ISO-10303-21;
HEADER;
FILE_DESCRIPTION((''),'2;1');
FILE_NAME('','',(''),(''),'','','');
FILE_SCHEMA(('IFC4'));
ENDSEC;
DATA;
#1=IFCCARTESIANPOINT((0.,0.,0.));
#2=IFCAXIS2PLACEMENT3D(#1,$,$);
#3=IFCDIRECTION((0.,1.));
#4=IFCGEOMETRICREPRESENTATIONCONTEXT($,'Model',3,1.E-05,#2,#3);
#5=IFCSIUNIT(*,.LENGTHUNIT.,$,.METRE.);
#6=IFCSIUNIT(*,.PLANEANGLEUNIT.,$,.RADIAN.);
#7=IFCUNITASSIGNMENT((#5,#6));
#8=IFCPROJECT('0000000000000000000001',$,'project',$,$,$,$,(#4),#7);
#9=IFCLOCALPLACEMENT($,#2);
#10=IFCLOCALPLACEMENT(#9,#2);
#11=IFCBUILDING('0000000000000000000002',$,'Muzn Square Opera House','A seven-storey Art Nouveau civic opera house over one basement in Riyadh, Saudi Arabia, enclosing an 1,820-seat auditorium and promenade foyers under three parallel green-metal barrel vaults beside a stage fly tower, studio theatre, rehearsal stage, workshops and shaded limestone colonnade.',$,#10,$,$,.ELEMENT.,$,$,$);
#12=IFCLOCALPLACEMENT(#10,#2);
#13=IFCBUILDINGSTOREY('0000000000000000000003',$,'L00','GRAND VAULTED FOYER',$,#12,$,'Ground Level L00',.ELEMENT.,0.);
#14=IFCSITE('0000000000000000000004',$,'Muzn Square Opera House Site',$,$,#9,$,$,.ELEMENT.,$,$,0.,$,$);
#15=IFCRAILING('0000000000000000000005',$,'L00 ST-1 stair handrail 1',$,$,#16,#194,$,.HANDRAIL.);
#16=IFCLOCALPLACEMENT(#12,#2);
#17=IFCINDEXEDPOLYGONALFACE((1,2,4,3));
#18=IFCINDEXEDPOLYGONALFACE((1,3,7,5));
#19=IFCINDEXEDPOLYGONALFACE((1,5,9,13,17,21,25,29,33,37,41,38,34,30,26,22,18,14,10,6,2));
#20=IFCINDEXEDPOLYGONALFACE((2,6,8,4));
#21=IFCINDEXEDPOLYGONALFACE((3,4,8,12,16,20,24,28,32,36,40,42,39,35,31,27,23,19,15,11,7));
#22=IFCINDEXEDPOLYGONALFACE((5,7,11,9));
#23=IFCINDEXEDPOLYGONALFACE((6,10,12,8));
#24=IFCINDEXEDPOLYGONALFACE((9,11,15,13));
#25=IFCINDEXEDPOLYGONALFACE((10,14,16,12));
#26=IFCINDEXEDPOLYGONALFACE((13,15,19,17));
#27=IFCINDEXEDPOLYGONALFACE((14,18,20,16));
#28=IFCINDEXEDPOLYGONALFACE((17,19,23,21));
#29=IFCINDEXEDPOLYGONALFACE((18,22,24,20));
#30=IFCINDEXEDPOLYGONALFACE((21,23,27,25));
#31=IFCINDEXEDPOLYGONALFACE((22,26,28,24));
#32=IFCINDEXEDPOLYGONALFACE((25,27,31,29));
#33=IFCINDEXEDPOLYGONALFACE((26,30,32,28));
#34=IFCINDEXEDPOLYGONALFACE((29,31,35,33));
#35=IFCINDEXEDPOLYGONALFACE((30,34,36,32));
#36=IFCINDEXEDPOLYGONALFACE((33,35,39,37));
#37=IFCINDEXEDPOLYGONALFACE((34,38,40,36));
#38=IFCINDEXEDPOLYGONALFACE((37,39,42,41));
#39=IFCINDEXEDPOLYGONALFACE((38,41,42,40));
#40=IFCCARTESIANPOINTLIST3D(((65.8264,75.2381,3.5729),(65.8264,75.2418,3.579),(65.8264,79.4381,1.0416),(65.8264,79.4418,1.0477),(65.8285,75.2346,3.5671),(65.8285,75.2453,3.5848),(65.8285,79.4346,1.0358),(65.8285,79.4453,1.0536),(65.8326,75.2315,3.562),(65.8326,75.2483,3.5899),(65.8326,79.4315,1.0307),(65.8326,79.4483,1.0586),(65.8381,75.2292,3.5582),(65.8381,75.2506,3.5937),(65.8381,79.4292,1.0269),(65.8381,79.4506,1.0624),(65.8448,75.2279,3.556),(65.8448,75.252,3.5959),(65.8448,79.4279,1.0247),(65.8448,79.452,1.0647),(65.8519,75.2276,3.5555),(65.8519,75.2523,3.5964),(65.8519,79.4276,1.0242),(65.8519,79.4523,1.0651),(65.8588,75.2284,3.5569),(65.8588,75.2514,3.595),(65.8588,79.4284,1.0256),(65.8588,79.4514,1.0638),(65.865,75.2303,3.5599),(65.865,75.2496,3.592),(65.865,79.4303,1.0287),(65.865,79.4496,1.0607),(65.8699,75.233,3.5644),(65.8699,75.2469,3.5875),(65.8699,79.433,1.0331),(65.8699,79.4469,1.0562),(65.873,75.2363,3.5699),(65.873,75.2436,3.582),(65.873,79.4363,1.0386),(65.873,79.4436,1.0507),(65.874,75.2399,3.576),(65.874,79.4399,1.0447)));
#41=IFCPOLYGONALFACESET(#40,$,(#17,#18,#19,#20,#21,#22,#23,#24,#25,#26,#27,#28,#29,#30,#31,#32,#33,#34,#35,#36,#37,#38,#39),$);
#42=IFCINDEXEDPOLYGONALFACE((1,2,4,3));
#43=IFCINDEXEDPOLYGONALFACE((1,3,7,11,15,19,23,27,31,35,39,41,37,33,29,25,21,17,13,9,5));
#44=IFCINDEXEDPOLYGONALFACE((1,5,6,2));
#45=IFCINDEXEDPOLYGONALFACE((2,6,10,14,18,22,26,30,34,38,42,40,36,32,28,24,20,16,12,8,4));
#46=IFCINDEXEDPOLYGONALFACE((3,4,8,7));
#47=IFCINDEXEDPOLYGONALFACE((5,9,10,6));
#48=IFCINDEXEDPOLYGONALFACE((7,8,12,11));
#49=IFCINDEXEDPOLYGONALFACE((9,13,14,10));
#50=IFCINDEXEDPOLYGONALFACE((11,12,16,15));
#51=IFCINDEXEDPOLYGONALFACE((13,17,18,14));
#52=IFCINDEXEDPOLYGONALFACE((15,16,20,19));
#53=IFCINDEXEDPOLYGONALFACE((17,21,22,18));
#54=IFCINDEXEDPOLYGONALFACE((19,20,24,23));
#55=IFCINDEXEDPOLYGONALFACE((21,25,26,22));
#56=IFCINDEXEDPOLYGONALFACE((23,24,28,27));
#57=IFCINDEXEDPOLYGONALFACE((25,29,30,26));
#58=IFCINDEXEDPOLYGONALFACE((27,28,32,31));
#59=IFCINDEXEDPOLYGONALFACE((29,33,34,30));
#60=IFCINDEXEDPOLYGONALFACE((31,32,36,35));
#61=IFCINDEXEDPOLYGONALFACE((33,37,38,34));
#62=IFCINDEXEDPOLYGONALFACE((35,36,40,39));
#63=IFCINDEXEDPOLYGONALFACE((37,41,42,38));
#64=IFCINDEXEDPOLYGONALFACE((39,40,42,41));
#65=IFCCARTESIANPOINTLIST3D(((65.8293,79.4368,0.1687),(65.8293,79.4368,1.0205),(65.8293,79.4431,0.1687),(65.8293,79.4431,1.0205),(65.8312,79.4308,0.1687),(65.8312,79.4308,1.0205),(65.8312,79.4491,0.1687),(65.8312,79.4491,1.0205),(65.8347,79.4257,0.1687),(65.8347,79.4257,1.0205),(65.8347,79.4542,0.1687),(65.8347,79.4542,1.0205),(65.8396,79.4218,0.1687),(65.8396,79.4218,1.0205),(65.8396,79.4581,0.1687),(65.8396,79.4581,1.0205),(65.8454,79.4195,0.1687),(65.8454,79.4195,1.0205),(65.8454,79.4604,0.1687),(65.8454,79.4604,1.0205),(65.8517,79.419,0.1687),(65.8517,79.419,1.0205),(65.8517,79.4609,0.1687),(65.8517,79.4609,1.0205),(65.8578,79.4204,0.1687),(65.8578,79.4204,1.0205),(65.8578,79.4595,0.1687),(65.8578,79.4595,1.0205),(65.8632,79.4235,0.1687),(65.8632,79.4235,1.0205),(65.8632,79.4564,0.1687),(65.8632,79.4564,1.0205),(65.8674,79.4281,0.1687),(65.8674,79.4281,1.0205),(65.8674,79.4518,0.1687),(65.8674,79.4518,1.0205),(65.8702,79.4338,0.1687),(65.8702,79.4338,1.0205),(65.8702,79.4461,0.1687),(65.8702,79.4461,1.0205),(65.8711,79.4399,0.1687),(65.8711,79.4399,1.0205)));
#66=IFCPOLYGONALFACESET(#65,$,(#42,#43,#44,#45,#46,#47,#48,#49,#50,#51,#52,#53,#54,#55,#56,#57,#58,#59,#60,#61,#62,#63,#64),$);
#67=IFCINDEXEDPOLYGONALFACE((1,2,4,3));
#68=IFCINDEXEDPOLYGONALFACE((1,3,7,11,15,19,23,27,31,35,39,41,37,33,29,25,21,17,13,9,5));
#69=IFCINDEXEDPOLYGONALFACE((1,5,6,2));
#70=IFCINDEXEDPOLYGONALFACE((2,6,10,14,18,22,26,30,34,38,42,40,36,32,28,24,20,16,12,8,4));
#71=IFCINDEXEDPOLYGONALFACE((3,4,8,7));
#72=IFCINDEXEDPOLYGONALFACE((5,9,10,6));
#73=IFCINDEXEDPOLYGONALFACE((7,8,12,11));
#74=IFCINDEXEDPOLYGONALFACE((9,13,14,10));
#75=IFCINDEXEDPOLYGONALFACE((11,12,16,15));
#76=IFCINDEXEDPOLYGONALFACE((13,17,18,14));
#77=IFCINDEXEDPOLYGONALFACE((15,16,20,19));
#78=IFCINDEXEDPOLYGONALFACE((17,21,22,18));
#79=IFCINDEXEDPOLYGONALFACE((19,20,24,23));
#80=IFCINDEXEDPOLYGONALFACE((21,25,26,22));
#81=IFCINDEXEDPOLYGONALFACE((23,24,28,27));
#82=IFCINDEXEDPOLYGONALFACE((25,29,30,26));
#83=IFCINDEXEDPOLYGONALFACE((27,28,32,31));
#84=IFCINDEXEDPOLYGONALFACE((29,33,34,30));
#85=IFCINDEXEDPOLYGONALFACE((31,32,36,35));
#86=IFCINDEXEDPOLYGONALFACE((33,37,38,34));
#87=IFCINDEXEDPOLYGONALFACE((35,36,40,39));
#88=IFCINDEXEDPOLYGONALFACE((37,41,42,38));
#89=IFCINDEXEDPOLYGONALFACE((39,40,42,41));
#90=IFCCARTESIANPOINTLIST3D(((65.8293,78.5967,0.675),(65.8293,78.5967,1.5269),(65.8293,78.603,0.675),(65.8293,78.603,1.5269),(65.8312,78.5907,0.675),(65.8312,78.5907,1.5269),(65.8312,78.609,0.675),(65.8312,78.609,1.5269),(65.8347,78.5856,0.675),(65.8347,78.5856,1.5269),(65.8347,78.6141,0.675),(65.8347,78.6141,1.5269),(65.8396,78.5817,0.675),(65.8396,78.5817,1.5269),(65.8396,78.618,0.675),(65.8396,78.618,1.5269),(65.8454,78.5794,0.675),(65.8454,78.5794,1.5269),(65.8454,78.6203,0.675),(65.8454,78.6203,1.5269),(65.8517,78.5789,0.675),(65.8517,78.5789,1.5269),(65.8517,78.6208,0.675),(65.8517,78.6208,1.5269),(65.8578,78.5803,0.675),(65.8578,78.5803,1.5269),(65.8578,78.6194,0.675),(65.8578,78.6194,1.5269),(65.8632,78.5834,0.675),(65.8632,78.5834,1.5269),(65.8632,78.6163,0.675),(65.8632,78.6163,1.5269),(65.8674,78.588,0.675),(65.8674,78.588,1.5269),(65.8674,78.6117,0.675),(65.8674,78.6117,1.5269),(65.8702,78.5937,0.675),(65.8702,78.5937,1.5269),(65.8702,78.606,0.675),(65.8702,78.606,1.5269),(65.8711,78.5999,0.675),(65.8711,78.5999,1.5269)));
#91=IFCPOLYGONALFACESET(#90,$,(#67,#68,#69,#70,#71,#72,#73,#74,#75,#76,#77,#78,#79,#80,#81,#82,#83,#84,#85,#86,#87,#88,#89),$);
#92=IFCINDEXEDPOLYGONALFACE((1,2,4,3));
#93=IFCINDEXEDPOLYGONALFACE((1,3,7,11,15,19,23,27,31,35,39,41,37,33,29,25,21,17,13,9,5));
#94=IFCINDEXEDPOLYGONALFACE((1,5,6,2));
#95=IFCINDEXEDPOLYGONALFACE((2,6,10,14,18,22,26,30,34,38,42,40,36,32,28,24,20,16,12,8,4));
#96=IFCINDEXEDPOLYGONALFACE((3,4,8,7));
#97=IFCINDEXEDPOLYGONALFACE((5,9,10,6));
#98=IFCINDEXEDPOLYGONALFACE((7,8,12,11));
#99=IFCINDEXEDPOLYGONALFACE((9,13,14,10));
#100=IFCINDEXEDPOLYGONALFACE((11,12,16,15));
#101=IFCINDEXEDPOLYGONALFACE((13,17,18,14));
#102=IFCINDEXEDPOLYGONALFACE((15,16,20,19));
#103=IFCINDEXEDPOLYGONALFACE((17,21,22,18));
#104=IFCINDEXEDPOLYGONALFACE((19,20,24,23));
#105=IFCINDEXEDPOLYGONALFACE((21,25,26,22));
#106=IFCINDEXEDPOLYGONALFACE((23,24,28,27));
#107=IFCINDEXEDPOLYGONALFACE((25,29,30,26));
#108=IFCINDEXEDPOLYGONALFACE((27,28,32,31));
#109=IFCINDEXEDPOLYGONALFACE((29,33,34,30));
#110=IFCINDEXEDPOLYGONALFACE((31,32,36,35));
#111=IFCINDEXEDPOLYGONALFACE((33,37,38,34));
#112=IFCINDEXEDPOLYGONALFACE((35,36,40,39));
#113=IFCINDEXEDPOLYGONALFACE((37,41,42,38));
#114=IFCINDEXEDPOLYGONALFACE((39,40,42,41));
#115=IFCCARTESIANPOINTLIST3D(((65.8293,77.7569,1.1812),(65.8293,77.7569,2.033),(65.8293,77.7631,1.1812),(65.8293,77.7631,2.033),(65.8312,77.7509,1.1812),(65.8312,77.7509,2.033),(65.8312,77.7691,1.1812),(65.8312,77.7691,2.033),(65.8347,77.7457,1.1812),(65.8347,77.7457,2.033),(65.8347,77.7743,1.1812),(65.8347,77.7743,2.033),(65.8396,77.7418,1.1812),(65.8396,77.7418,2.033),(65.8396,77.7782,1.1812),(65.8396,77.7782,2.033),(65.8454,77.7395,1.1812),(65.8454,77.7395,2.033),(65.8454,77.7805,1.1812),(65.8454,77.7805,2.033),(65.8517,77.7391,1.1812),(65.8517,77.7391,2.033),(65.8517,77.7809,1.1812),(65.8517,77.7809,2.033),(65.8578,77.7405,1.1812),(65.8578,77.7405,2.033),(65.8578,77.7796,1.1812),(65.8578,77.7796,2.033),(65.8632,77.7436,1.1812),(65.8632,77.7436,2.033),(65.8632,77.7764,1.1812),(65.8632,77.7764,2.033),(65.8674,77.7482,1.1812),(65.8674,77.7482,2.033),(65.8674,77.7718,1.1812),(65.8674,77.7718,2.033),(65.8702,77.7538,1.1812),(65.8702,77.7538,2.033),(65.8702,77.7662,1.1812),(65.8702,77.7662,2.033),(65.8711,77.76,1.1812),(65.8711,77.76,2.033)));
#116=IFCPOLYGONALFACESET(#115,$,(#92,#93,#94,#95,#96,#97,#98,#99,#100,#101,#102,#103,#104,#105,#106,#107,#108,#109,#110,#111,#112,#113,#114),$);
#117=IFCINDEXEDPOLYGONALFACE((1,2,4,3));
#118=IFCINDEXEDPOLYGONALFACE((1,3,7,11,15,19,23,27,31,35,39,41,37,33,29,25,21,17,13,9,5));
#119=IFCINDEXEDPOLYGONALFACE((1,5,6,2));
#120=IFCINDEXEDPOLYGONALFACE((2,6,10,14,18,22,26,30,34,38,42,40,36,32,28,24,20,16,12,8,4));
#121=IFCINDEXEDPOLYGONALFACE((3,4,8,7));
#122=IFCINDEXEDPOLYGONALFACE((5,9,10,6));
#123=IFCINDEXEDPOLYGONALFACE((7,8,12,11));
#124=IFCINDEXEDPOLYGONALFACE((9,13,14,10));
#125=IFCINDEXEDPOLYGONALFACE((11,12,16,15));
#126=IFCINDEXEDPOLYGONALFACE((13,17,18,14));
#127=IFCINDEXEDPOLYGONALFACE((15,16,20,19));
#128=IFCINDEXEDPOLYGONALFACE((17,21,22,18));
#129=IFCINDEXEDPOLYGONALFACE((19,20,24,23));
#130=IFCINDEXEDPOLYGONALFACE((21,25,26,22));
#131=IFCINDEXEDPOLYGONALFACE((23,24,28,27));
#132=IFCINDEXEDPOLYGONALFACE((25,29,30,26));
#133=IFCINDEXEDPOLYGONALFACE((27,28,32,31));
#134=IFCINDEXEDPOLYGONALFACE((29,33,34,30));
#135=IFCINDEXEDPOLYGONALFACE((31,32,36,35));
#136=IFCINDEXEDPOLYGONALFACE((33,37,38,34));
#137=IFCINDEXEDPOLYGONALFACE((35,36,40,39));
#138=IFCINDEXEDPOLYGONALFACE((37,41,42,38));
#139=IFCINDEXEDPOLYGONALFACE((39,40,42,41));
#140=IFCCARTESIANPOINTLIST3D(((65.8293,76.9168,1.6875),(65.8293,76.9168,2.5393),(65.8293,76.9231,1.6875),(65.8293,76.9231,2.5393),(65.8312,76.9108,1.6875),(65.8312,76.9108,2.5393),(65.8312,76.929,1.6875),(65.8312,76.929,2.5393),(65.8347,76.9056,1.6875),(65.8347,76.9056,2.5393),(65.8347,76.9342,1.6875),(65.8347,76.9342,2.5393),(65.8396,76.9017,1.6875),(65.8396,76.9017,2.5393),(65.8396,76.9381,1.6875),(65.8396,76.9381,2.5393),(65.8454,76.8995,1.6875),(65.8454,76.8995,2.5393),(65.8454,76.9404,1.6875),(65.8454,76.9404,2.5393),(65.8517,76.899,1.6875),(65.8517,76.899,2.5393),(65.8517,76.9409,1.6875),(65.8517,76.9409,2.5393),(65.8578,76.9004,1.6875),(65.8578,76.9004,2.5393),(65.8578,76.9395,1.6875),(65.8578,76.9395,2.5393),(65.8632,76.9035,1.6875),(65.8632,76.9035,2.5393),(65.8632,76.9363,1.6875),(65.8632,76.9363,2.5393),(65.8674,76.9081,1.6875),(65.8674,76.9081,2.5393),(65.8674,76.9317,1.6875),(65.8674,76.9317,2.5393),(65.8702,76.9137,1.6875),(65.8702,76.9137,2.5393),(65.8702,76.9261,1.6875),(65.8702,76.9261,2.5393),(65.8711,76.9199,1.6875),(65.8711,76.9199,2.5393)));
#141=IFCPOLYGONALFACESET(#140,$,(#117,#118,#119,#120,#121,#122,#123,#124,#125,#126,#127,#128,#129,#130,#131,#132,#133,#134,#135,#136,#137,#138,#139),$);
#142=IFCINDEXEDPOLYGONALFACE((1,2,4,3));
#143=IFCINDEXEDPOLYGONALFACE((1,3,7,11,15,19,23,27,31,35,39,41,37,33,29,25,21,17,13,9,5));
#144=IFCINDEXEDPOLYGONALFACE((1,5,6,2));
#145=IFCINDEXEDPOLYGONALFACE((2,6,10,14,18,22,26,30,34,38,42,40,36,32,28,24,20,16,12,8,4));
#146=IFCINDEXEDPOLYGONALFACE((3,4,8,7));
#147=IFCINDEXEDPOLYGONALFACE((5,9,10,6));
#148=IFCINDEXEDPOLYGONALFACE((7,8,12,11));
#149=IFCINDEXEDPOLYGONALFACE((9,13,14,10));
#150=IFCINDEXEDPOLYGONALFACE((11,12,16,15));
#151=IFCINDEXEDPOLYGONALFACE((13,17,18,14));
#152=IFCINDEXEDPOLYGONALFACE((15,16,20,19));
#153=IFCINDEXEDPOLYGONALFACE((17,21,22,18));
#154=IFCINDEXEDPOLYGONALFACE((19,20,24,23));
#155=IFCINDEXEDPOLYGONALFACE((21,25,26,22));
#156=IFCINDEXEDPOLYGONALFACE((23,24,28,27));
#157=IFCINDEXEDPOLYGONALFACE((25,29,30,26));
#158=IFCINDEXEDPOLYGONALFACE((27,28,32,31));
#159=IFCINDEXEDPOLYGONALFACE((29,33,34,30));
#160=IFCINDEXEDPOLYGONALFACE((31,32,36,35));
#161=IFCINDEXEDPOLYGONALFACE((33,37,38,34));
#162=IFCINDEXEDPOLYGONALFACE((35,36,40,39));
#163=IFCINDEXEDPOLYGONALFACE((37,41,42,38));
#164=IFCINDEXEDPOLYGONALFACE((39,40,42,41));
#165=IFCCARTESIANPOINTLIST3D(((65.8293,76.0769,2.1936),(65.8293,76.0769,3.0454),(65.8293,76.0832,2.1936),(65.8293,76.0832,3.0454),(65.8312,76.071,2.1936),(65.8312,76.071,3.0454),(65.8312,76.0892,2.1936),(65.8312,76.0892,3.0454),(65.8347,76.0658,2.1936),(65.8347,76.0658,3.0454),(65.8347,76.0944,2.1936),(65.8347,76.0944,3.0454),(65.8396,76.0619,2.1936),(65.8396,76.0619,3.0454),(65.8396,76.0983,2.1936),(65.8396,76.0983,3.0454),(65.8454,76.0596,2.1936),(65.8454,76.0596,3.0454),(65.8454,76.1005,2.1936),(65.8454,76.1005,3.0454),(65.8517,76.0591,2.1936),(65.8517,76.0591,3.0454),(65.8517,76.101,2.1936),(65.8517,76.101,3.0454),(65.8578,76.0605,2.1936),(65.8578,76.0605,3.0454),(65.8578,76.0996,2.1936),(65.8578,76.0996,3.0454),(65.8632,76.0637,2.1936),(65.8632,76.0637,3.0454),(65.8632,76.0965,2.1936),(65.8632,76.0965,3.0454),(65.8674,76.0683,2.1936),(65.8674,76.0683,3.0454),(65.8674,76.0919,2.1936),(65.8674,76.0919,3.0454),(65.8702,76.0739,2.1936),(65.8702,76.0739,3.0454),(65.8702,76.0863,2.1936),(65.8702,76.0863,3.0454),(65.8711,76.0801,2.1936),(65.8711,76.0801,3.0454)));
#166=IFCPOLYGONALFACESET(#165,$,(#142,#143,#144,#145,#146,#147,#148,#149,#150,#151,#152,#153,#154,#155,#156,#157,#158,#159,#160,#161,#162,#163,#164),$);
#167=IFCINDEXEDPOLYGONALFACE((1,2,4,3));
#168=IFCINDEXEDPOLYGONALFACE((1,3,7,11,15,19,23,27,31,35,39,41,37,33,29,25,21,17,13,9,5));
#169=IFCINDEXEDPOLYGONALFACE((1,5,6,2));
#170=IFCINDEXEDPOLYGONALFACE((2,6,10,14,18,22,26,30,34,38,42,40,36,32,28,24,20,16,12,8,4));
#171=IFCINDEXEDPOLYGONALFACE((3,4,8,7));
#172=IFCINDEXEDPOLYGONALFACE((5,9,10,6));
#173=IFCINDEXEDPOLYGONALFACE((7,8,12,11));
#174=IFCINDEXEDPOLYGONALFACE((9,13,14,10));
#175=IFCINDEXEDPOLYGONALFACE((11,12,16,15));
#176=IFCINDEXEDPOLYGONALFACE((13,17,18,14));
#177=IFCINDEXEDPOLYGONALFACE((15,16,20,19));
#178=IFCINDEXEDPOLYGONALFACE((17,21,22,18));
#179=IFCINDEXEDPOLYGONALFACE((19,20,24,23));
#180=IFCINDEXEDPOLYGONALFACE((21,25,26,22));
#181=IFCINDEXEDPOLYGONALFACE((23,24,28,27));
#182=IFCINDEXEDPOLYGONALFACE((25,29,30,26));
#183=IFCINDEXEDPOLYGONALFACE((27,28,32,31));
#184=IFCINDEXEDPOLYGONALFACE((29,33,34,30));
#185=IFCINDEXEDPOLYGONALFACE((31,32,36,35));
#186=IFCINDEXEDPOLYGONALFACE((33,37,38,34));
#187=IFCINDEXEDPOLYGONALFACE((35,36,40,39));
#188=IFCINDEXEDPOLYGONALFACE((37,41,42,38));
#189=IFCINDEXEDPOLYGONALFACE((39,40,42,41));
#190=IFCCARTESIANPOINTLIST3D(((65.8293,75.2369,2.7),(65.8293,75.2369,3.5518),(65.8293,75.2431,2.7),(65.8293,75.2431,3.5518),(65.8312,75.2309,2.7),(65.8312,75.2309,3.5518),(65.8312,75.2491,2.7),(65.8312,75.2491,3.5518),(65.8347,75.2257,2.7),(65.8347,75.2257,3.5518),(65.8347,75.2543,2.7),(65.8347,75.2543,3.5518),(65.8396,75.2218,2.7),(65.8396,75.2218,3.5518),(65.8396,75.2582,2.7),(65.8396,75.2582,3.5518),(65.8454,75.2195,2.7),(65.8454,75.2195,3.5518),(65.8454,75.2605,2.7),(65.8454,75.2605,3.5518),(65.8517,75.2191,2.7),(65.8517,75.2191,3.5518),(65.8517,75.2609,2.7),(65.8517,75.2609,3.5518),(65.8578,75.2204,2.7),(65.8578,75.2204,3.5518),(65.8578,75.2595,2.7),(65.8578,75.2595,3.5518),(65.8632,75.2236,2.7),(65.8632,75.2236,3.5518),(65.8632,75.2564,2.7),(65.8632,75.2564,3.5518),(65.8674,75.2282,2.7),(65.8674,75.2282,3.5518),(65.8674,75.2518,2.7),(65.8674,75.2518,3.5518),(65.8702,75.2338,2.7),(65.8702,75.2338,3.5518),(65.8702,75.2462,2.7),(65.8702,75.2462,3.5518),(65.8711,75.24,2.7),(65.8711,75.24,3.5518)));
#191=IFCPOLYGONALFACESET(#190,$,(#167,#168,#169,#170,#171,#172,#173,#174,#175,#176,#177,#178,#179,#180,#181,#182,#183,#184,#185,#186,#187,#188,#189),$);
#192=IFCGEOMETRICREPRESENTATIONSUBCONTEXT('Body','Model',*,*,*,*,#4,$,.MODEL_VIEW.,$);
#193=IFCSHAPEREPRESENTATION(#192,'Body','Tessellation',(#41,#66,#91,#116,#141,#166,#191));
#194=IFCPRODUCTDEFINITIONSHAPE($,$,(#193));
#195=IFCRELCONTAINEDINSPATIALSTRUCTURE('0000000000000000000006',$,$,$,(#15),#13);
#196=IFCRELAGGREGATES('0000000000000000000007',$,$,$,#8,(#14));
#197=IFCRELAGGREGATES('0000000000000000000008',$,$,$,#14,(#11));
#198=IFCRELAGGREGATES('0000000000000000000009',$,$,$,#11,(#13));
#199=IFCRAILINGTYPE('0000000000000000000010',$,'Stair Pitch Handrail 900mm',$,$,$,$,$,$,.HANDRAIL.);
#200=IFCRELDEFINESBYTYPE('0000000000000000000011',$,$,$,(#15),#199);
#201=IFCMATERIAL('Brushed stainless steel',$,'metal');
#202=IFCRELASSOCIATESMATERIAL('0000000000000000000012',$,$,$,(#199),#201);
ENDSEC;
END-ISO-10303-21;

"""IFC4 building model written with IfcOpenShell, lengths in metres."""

from ifc_helpers import new_model, si_unit, direction, frame, origin, origin_2d, place, context, subcontext, project, spatial, circle, extrude, material, type_object, element, save


model = new_model("IFC4")

# Units and contexts
model_context = context("Model", 3, precision=1e-05, world=origin(), true_north=direction((0.0, 1.0)))
body_context = subcontext(model_context, "Body", "Model", "MODEL_VIEW")
ifc_project = project(units=[si_unit("LENGTHUNIT", "METRE"), si_unit("PLANEANGLEUNIT", "RADIAN")], contexts=[model_context])

# Site, building, storey
site_placement = place(None, origin())
site = spatial("IfcSite", under=ifc_project, at=site_placement, Name="Muzn Square Opera House Site", CompositionType="ELEMENT", RefElevation=0.0)
building_placement = place(site_placement, origin())
building = spatial("IfcBuilding", under=site, at=building_placement, Name="Muzn Square Opera House", Description="A seven-storey Art Nouveau civic opera house over one basement in Riyadh, Saudi Arabia, enclosing an 1,820-seat auditorium and promenade foyers under three parallel green-metal barrel vaults beside a stage fly tower, studio theatre, rehearsal stage, workshops and shaded limestone colonnade.", CompositionType="ELEMENT")
storey_placement = place(building_placement, origin())
storey = spatial("IfcBuildingStorey", under=building, at=storey_placement, Name="L00", Description="GRAND VAULTED FOYER", LongName="Ground Level L00", CompositionType="ELEMENT", Elevation=0.0)

# Railing
ifc_material_1 = material(Name="Brushed stainless steel", Category="metal")
railing_type_1 = type_object("IfcRailingType", Name="Stair Pitch Handrail 900mm", PredefinedType="HANDRAIL", material=ifc_material_1)
railing_1_placement = place(storey_placement, frame((65.8501, 79.4399, 0.1687)))
element("IfcRailing", 1, at=railing_1_placement, inside=storey, type_object=railing_type_1, Name="L00 ST-1 stair handrail 1", PredefinedType="HANDRAIL", context=body_context, shape_type="SweptSolid", body=[
    extrude(circle(Radius=0.0239, at=origin_2d()), frame((0.0, 0.0, 0.876), z_axis=(0.0, -0.856476, 0.516186), x_axis=(1.0, 0.0, 0.0)), (0.0, 0.0, 1.0), 4.9038),
    extrude(circle(Radius=0.021, at=origin_2d()), origin(), (0.0, 0.0, 1.0), 0.8518),
    extrude(circle(Radius=0.021, at=origin_2d()), frame((0.0, -0.8401, 0.5063)), (0.0, 0.0, 1.0), 0.8518),
    extrude(circle(Radius=0.021, at=origin_2d()), frame((0.0, -1.6799, 1.0125)), (0.0, 0.0, 1.0), 0.8518),
    extrude(circle(Radius=0.021, at=origin_2d()), frame((0.0, -2.52, 1.5188)), (0.0, 0.0, 1.0), 0.8518),
    extrude(circle(Radius=0.021, at=origin_2d()), frame((0.0, -3.3599, 2.0249)), (0.0, 0.0, 1.0), 0.8518),
    extrude(circle(Radius=0.021, at=origin_2d()), frame((0.0, -4.2, 2.5312)), (0.0, 0.0, 1.0), 0.8518),
])

save(model, "model.ifc")
